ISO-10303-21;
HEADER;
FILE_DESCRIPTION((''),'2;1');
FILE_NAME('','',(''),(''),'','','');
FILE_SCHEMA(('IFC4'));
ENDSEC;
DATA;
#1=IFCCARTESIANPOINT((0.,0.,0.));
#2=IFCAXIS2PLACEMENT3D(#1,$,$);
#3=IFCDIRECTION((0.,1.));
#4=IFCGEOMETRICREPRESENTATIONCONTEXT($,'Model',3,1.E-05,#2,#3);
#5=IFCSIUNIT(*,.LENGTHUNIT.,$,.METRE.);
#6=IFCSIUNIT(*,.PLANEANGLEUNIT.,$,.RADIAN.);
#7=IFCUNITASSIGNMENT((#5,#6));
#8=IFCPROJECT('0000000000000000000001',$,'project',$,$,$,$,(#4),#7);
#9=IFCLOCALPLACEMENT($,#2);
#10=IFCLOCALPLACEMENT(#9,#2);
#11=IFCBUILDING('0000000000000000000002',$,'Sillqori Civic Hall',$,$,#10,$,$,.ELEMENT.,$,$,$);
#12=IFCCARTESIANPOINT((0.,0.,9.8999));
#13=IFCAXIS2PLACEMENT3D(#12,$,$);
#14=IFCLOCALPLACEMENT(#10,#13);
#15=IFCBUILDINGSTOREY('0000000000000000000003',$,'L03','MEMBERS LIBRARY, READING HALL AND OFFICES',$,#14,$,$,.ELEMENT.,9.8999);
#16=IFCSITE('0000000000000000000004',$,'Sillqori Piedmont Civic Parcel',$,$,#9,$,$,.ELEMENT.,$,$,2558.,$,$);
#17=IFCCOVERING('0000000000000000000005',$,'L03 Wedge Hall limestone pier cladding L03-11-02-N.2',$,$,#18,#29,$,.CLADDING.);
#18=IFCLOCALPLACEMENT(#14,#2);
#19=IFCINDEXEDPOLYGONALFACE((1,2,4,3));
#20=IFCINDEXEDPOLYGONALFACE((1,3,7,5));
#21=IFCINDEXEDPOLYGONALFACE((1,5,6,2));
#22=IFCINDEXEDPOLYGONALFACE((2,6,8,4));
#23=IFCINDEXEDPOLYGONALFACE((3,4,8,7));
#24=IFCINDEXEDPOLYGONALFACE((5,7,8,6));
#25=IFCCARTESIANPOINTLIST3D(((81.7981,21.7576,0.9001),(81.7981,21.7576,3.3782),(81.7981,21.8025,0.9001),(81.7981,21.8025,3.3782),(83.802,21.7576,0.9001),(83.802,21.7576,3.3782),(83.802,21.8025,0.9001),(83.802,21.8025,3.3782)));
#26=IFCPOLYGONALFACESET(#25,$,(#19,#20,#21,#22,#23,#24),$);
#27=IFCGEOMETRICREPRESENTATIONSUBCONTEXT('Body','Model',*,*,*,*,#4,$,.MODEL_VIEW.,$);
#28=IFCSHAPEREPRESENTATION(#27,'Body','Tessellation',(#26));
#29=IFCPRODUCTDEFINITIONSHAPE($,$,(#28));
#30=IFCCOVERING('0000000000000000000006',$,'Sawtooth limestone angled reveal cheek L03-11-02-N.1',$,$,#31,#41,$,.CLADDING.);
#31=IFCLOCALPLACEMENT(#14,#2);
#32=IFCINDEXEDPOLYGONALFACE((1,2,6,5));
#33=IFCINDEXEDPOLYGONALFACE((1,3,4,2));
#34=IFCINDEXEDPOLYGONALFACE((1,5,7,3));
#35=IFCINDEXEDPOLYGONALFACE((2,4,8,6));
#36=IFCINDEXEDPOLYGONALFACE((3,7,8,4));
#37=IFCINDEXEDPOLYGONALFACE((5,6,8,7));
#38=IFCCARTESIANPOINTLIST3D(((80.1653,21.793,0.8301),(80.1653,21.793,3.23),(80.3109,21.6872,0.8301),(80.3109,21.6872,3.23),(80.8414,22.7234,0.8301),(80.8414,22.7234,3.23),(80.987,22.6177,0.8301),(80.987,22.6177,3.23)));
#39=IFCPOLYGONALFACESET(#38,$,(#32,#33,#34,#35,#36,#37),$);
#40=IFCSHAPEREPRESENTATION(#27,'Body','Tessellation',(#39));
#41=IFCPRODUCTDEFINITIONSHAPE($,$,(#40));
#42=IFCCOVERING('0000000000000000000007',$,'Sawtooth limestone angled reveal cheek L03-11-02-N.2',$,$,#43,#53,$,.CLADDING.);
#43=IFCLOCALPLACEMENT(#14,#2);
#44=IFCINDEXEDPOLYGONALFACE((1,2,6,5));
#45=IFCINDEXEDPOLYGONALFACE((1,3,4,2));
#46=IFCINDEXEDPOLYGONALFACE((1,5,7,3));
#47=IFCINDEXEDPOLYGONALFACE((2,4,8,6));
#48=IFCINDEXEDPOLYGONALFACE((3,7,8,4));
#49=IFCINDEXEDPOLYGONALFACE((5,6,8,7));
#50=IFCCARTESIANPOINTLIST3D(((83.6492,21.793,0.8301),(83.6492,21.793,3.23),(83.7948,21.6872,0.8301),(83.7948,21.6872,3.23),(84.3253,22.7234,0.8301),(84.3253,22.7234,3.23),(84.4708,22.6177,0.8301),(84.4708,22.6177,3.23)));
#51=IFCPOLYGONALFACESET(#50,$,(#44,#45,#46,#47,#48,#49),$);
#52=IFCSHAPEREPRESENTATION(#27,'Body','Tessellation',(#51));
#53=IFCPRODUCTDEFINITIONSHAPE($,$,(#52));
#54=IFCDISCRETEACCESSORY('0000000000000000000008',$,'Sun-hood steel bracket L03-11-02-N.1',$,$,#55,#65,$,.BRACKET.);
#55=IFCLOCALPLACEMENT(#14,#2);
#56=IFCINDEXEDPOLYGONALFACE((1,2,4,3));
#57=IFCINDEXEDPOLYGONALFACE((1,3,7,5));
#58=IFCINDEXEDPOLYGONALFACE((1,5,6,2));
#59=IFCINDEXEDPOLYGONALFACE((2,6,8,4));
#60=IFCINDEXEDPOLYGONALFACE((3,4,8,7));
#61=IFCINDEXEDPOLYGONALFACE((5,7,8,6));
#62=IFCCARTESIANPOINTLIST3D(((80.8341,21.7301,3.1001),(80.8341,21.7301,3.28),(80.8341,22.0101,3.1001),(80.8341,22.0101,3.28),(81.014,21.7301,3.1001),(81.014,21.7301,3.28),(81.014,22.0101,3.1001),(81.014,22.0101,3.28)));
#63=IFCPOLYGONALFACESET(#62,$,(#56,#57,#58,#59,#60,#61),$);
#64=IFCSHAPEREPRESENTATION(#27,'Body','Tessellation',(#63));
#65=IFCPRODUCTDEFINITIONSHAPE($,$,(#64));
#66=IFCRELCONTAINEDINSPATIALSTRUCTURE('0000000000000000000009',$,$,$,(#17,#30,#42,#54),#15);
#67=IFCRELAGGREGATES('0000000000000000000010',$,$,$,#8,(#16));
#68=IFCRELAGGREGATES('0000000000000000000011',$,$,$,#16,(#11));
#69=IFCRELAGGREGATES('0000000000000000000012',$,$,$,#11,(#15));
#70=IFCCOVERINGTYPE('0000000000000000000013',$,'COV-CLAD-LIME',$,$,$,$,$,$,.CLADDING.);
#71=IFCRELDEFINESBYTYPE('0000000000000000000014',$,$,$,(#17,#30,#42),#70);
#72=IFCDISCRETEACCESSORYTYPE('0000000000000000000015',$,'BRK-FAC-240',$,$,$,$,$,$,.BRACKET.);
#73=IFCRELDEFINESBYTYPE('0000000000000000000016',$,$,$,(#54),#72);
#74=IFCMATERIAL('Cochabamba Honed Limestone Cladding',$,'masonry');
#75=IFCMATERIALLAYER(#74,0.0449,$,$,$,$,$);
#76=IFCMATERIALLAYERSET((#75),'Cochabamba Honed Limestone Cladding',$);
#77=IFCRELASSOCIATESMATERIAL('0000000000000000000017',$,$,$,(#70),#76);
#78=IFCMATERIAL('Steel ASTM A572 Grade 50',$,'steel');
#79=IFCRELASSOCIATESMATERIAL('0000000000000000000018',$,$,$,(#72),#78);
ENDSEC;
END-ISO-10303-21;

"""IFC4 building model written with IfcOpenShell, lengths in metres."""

from ifc_helpers import new_model, si_unit, direction, frame, frame_2d, origin, origin_2d, place, context, subcontext, project, spatial, rectangle, extrude, material, layer, layer_set, type_object, element, save


model = new_model("IFC4")

# Units and contexts
model_context = context("Model", 3, precision=1e-05, world=origin(), true_north=direction((0.0, 1.0)))
body_context = subcontext(model_context, "Body", "Model", "MODEL_VIEW")
ifc_project = project(units=[si_unit("LENGTHUNIT", "METRE"), si_unit("PLANEANGLEUNIT", "RADIAN")], contexts=[model_context])

# Site, building, storey
site_placement = place(None, origin())
site = spatial("IfcSite", under=ifc_project, at=site_placement, Name="Sillqori Piedmont Civic Parcel", CompositionType="ELEMENT", RefElevation=2558.0)
building_placement = place(site_placement, origin())
building = spatial("IfcBuilding", under=site, at=building_placement, Name="Sillqori Civic Hall", CompositionType="ELEMENT")
storey_placement = place(building_placement, frame((0.0, 0.0, 9.8999)))
storey = spatial("IfcBuildingStorey", under=building, at=storey_placement, Name="L03", Description="MEMBERS LIBRARY, READING HALL AND OFFICES", CompositionType="ELEMENT", Elevation=9.8999)

# Coverings
ifc_material_1 = material(Name="Cochabamba Honed Limestone Cladding", Category="masonry")
ifc_layer_1 = layer(ifc_material_1, 0.0449)
ifc_layer_set_1 = layer_set([ifc_layer_1], Name="Cochabamba Honed Limestone Cladding")
covering_type = type_object("IfcCoveringType", Name="COV-CLAD-LIME", PredefinedType="CLADDING", material=ifc_layer_set_1)
covering_1_placement = place(storey_placement, frame((81.7981, 21.78, 0.9001), z_axis=(0.0, 0.0, 1.0), x_axis=(1.0, 0.0, 0.0)))
element("IfcCovering", 1, at=covering_1_placement, inside=storey, type_object=covering_type, Name="L03 Wedge Hall limestone pier cladding L03-11-02-N.2", PredefinedType="CLADDING", context=body_context, shape_type="SweptSolid", body=[
    extrude(rectangle(XDim=2.0039, YDim=0.0449, at=frame_2d((1.002, 0.0))), origin(), (0.0, 0.0, 1.0), 2.478),
])
for number, where, z_axis, x_axis, name in (
    (2, (80.238, 21.74, 0.8301), (0.0, 0.0, 1.0), (0.587806, 0.809002, 0.0), "Sawtooth limestone angled reveal cheek L03-11-02-N.1"),
    (3, (83.7219, 21.74, 0.8301), (0.0, 0.0, 1.0), (0.587806, 0.809002, 0.0), "Sawtooth limestone angled reveal cheek L03-11-02-N.2"),
):
    element("IfcCovering", number, at=place(storey_placement, frame(where, z_axis=z_axis, x_axis=x_axis)), inside=storey, type_object=covering_type, Name=name, PredefinedType="CLADDING", context=body_context, shape_type="SweptSolid", body=[
        extrude(rectangle(XDim=1.1501, YDim=0.1799, at=frame_2d((0.5752, 0.0))), origin(), (0.0, 0.0, 1.0), 2.3999),
    ])

# Discrete accessory
ifc_material_2 = material(Name="Steel ASTM A572 Grade 50", Category="steel")
discrete_accessory_type = type_object("IfcDiscreteAccessoryType", Name="BRK-FAC-240", PredefinedType="BRACKET", material=ifc_material_2)
discrete_accessory_placement = place(storey_placement, frame((80.9241, 21.8701, 3.1001), z_axis=(0.0, 0.0, 1.0), x_axis=(1.0, 0.0, 0.0)))
element("IfcDiscreteAccessory", 4, at=discrete_accessory_placement, inside=storey, type_object=discrete_accessory_type, Name="Sun-hood steel bracket L03-11-02-N.1", PredefinedType="BRACKET", context=body_context, shape_type="SweptSolid", body=[
    extrude(rectangle(XDim=0.1799, YDim=0.28, at=origin_2d()), origin(), (0.0, 0.0, 1.0), 0.1799),
])

save(model, "model.ifc")
